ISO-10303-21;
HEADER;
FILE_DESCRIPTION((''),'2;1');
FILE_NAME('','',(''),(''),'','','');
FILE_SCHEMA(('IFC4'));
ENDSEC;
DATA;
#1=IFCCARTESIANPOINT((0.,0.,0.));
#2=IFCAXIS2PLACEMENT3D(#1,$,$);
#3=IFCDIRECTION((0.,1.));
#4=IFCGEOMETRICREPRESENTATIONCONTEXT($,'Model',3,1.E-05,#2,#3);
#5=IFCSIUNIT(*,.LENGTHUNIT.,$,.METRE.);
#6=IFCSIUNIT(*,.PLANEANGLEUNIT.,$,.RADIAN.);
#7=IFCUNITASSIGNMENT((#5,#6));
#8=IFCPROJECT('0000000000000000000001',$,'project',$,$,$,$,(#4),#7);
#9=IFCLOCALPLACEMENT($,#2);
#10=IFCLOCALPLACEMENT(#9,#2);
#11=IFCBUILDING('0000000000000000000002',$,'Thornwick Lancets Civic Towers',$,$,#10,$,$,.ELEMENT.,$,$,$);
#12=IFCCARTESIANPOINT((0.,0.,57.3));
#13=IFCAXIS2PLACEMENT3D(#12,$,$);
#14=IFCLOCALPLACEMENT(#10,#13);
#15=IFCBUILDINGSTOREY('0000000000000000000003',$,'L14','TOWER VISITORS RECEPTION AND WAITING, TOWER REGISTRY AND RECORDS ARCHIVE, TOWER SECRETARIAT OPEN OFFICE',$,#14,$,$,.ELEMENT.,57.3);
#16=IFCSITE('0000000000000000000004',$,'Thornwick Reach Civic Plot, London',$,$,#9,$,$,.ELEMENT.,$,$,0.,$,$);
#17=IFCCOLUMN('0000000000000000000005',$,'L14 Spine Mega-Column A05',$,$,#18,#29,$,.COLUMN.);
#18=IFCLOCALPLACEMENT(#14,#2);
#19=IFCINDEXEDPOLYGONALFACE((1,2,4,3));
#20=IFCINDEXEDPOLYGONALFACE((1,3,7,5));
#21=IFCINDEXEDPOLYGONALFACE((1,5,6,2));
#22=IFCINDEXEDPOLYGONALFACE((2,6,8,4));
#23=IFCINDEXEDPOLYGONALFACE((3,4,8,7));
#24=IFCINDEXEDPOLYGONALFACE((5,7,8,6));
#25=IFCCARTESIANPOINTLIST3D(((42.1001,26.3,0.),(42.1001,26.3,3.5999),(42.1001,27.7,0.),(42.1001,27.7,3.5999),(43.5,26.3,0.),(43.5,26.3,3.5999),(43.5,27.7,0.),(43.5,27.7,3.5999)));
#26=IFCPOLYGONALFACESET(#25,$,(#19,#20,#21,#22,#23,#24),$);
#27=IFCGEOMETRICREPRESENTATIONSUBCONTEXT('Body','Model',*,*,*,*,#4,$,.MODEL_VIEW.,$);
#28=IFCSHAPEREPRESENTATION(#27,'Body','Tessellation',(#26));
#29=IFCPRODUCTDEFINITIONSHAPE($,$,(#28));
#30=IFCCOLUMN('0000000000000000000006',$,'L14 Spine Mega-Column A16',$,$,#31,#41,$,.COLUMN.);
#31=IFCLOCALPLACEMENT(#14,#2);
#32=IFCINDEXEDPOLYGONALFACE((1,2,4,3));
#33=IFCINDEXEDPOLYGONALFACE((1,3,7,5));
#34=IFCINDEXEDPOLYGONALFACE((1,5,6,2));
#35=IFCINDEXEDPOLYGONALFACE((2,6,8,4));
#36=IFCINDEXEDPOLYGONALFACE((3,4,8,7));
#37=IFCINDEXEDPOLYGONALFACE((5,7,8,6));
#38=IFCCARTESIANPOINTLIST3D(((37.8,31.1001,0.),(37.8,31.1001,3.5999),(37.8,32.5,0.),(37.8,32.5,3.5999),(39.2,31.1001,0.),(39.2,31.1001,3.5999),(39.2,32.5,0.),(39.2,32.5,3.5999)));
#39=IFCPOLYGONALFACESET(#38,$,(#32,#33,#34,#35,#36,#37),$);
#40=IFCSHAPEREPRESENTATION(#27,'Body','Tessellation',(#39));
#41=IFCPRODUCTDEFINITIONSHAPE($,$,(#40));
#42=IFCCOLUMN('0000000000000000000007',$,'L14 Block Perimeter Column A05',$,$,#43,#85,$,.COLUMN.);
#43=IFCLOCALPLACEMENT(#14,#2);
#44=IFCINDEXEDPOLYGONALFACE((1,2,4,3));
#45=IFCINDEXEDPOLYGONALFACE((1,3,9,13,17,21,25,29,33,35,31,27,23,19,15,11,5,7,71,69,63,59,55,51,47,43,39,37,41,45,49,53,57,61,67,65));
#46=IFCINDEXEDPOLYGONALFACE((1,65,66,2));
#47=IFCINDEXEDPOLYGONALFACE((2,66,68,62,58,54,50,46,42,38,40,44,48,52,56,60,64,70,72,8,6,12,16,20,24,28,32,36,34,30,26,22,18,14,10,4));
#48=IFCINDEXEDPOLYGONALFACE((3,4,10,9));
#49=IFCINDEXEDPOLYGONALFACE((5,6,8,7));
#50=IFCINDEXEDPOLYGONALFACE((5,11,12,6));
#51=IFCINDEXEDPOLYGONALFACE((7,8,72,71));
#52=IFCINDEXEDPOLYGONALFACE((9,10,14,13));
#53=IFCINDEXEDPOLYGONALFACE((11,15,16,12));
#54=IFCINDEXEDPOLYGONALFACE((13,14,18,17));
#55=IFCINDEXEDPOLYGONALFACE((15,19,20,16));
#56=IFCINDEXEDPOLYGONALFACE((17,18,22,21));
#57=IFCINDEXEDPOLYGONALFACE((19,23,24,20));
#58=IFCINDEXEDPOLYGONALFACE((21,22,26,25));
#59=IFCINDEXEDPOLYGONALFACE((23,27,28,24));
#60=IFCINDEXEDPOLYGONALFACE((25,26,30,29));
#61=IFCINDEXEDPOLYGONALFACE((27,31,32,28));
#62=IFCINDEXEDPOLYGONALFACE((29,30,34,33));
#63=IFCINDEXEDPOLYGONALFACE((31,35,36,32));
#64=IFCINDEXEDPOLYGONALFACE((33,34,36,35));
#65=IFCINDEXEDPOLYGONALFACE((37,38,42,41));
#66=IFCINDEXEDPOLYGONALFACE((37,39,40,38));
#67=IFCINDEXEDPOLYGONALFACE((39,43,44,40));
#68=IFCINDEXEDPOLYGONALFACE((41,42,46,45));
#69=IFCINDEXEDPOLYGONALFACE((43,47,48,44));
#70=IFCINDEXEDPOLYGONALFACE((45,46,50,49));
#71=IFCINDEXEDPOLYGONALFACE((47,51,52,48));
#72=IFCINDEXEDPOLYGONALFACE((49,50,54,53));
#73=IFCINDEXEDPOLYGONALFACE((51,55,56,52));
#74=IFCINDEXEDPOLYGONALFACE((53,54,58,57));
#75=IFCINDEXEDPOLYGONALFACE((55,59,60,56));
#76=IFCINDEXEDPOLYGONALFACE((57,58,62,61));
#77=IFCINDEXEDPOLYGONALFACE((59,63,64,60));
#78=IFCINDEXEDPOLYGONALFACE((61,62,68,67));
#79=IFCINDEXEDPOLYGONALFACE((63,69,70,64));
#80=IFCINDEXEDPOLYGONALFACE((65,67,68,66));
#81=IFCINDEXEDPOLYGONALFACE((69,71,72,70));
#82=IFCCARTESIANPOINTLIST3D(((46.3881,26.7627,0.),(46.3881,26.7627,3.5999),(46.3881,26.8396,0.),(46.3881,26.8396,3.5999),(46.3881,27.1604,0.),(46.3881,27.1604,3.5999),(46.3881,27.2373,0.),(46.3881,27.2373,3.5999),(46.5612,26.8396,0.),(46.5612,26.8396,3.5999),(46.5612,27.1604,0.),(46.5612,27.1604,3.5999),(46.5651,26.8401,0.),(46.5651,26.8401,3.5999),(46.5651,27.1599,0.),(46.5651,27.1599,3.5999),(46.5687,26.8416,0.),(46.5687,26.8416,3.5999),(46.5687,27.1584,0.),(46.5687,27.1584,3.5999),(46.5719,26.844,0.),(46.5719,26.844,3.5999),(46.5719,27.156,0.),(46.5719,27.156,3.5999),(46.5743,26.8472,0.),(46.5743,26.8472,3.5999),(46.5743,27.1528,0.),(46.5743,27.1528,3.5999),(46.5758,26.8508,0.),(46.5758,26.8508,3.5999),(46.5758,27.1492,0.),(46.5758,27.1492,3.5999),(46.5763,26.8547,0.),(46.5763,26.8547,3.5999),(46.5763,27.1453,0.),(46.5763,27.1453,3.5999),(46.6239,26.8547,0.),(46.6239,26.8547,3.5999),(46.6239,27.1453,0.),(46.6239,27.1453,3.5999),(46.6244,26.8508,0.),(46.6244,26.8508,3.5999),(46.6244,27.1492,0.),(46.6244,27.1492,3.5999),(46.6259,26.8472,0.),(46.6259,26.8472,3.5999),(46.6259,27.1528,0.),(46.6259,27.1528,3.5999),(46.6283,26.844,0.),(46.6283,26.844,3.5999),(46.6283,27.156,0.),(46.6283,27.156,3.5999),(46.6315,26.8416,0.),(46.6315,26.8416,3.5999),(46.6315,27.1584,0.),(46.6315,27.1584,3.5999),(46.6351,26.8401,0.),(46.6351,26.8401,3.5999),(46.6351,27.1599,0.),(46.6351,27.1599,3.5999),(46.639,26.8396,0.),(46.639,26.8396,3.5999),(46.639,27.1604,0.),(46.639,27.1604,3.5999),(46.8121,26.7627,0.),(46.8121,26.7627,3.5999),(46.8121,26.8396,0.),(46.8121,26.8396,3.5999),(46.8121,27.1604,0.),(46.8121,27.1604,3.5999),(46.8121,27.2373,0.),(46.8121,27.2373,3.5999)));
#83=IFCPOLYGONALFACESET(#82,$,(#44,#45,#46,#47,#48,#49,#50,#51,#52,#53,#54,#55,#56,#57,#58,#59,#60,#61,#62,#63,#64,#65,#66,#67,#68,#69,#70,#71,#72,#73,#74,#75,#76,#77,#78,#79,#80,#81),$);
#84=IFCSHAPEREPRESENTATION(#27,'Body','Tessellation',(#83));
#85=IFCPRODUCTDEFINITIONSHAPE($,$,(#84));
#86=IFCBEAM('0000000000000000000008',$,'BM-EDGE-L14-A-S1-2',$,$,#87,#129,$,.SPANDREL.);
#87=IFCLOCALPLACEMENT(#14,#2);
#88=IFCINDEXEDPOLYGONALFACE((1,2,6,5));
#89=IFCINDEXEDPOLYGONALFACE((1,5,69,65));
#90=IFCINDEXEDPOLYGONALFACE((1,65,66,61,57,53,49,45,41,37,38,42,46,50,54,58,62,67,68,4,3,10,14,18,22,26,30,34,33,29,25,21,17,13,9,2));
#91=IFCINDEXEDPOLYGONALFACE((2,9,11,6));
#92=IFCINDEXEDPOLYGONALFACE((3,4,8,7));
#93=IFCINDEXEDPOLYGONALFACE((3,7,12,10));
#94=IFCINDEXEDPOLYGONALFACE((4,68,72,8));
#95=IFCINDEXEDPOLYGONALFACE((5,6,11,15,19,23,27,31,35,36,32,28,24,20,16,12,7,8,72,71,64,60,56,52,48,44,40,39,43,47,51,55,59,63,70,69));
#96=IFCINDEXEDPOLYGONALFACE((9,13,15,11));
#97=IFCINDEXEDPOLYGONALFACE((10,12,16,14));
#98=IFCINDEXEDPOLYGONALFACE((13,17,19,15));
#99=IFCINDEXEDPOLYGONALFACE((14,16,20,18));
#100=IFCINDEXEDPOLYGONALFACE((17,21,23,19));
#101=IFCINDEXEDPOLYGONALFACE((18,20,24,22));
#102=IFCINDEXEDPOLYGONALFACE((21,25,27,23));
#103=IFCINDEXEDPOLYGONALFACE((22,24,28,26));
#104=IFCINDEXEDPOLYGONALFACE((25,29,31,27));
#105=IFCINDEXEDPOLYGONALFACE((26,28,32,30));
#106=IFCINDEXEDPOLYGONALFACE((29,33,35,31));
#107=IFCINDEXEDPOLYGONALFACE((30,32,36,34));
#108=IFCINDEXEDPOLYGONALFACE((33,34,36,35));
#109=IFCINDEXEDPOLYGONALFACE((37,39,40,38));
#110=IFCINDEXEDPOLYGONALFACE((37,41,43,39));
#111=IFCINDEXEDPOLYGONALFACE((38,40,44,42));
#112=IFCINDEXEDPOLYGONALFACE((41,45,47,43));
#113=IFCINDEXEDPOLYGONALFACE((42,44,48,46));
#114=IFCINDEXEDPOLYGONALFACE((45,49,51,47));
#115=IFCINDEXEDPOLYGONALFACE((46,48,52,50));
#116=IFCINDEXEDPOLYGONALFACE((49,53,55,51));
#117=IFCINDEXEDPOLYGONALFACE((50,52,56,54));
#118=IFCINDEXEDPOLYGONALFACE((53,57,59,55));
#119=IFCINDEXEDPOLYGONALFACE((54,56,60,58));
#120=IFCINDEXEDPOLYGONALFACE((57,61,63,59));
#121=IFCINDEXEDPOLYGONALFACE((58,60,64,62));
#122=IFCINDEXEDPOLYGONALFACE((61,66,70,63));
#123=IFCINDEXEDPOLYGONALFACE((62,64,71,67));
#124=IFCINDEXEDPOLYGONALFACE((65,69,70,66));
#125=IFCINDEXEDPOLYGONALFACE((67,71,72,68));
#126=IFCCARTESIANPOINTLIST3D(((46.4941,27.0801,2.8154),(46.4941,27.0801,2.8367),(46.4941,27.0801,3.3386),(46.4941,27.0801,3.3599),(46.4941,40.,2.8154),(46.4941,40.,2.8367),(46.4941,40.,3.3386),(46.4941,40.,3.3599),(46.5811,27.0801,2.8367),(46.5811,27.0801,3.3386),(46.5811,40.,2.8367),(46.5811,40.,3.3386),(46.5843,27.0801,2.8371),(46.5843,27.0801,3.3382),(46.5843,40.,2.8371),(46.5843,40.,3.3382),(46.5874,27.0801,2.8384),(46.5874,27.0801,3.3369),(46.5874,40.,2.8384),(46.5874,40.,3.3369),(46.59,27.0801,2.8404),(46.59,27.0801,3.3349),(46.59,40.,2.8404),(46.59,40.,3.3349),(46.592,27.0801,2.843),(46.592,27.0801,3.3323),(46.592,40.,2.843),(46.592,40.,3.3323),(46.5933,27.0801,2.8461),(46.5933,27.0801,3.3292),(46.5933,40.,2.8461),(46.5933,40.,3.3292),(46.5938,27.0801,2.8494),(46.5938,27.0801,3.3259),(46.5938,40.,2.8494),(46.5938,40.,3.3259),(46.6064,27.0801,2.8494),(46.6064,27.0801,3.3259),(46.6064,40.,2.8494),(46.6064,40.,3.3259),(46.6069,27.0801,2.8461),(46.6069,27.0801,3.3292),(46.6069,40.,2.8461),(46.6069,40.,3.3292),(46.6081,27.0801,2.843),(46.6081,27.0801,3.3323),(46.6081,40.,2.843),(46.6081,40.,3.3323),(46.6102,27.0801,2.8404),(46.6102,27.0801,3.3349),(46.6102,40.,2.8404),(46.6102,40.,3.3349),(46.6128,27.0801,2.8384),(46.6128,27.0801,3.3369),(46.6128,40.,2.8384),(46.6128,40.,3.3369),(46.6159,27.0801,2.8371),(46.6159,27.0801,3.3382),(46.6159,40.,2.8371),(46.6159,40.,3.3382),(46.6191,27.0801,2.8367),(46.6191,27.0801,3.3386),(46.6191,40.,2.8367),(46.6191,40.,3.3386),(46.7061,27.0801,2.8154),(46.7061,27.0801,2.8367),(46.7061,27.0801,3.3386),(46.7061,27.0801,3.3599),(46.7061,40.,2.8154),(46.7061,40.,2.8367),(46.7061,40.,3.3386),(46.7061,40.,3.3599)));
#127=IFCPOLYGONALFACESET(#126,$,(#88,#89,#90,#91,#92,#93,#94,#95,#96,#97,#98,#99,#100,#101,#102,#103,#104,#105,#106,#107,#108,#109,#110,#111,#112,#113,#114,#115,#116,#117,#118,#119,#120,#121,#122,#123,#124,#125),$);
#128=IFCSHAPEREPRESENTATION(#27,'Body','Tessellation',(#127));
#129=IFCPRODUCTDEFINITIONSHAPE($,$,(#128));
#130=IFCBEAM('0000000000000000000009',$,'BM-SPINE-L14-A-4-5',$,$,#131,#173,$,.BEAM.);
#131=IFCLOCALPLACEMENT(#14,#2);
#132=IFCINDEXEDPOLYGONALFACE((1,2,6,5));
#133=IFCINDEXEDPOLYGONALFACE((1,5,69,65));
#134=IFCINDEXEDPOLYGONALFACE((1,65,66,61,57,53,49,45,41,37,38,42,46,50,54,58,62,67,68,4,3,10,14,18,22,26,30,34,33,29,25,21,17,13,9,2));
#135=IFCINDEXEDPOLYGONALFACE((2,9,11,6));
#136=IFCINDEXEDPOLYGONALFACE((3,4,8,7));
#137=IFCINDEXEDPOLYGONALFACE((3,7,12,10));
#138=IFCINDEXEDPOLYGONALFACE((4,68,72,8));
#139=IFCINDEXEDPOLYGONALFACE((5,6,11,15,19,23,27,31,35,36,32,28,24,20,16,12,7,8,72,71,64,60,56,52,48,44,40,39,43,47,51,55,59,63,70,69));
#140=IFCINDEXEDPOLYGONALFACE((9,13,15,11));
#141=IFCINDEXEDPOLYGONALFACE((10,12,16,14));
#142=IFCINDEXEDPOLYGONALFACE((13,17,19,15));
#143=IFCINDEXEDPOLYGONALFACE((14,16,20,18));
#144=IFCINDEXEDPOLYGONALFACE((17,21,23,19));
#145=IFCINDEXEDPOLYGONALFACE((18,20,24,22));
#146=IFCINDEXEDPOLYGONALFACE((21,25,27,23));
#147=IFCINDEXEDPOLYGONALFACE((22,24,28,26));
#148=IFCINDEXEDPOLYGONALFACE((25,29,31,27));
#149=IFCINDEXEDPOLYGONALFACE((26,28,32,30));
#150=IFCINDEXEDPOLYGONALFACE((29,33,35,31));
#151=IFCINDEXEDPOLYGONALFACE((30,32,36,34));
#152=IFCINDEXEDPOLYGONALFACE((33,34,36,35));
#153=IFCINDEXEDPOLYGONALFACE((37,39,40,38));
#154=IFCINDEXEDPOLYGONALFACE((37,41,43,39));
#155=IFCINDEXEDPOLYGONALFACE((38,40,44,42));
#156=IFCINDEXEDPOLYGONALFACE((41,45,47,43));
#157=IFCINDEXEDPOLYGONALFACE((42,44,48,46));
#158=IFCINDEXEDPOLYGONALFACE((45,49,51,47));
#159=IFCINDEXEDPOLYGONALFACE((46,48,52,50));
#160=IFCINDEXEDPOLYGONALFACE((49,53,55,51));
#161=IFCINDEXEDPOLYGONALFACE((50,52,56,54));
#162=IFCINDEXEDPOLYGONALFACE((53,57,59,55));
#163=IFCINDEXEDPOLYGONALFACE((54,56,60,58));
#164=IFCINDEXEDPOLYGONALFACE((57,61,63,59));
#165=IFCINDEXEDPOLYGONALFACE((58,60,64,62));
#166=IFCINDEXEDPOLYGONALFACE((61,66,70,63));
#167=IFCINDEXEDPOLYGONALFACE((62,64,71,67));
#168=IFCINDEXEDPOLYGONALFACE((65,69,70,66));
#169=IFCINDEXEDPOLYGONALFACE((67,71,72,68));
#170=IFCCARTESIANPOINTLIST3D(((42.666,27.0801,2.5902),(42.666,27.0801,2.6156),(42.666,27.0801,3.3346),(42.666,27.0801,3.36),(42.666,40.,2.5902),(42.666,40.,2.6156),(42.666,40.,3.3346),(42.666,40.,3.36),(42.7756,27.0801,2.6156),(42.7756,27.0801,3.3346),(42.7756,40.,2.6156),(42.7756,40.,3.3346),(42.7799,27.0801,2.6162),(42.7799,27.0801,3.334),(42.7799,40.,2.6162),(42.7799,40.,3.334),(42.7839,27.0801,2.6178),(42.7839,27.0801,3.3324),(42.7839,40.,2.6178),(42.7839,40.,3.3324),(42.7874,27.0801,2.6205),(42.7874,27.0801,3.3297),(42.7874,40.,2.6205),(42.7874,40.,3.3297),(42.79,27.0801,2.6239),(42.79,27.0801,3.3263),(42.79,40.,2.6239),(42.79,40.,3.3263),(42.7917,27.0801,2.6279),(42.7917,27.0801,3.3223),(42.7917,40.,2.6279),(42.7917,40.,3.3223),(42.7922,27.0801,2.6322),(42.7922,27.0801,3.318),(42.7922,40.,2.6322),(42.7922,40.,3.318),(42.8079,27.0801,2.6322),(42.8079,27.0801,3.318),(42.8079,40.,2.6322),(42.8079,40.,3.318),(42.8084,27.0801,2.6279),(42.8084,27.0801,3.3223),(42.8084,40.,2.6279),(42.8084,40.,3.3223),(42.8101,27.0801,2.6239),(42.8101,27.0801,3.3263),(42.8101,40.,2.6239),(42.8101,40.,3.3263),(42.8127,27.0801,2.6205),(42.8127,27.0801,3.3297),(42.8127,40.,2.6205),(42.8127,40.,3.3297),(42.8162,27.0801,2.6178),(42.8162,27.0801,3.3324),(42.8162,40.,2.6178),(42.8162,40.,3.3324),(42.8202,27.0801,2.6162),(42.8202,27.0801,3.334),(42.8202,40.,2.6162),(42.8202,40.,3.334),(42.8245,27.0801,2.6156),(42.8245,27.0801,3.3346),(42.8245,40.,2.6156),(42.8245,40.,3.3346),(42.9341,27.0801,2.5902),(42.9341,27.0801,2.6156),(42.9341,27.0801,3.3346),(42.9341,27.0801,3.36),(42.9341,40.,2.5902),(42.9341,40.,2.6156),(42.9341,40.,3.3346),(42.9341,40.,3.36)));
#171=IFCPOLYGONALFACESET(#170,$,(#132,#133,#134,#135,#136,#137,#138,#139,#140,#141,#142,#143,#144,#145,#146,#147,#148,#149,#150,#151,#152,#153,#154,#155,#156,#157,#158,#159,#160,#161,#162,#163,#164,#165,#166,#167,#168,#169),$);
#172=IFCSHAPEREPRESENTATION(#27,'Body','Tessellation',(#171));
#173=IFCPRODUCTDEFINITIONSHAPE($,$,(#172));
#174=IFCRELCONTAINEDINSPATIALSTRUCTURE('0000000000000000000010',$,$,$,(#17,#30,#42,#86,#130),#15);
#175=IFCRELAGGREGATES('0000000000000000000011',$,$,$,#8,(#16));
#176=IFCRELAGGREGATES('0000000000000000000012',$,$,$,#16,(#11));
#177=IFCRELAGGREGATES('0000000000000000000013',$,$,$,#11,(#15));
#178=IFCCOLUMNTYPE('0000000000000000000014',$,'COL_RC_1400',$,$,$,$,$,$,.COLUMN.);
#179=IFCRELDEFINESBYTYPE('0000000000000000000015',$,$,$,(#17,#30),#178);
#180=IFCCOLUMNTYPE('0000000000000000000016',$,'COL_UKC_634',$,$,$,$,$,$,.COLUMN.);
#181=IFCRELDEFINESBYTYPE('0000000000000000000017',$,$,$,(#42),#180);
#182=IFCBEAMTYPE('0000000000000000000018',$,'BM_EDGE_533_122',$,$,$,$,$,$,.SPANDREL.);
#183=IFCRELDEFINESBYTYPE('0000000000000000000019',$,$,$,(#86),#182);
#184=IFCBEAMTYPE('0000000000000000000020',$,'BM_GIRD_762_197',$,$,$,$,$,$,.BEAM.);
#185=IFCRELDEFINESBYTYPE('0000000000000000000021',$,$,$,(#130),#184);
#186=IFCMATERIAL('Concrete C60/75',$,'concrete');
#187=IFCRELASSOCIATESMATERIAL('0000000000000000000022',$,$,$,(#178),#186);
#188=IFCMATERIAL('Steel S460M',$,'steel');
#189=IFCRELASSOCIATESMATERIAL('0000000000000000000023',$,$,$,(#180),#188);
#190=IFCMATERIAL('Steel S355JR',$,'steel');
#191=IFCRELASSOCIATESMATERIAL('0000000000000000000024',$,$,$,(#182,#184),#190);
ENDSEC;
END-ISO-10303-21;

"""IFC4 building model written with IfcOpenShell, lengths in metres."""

from ifc_helpers import new_model, si_unit, direction, frame, origin, origin_2d, place, context, subcontext, project, spatial, rectangle, i_section, extrude, material, material_profile, profile_set, type_object, element, save


model = new_model("IFC4")

# Units and contexts
model_context = context("Model", 3, precision=1e-05, world=origin(), true_north=direction((0.0, 1.0)))
body_context = subcontext(model_context, "Body", "Model", "MODEL_VIEW")
ifc_project = project(units=[si_unit("LENGTHUNIT", "METRE"), si_unit("PLANEANGLEUNIT", "RADIAN")], contexts=[model_context])

# Site, building, storey
site_placement = place(None, origin())
site = spatial("IfcSite", under=ifc_project, at=site_placement, Name="Thornwick Reach Civic Plot, London", CompositionType="ELEMENT", RefElevation=0.0)
building_placement = place(site_placement, origin())
building = spatial("IfcBuilding", under=site, at=building_placement, Name="Thornwick Lancets Civic Towers", CompositionType="ELEMENT")
storey_placement = place(building_placement, frame((0.0, 0.0, 57.3)))
storey = spatial("IfcBuildingStorey", under=building, at=storey_placement, Name="L14", Description="TOWER VISITORS RECEPTION AND WAITING, TOWER REGISTRY AND RECORDS ARCHIVE, TOWER SECRETARIAT OPEN OFFICE", CompositionType="ELEMENT", Elevation=57.3)

# Columns
ifc_material_1 = material(Name="Concrete C60/75", Category="concrete")
ifc_material_profile_1 = material_profile(ifc_material_1, rectangle(XDim=1.3999, YDim=1.3999, at=origin_2d()), Name="RC 1400x1400")
ifc_profile_set_1 = profile_set([ifc_material_profile_1], Name="Concrete C60/75")
column_type_1 = type_object("IfcColumnType", Name="COL_RC_1400", PredefinedType="COLUMN", material=ifc_profile_set_1)
for number, where, z_axis, x_axis, name in (
    (1, (42.8, 27.0, 0.0), (0.0, 0.0, 1.0), (1.0, 0.0, 0.0), "L14 Spine Mega-Column A05"),
    (2, (38.5, 31.8, 0.0), (0.0, 0.0, 1.0), (1.0, 0.0, 0.0), "L14 Spine Mega-Column A16"),
):
    element("IfcColumn", number, at=place(storey_placement, frame(where, z_axis=z_axis, x_axis=x_axis)), inside=storey, type_object=column_type_1, Name=name, PredefinedType="COLUMN", context=body_context, shape_type="SweptSolid", body=[
        extrude(rectangle(XDim=1.3999, YDim=1.3999, at=origin_2d()), origin(), (0.0, 0.0, 1.0), 3.5999),
    ])
ifc_material_2 = material(Name="Steel S460M", Category="steel")
ifc_material_profile_2 = material_profile(ifc_material_2, i_section(OverallWidth=0.4241, OverallDepth=0.4746, WebThickness=0.0476, FlangeThickness=0.0769, FilletRadius=0.0151, at=origin_2d()), Name="UKC 356x406x634")
ifc_profile_set_2 = profile_set([ifc_material_profile_2], Name="Steel S460M")
column_type_2 = type_object("IfcColumnType", Name="COL_UKC_634", PredefinedType="COLUMN", material=ifc_profile_set_2)
column_placement = place(storey_placement, frame((46.6001, 27.0, 0.0), z_axis=(0.0, 0.0, 1.0), x_axis=(1.0, 0.0, 0.0)))
element("IfcColumn", 3, at=column_placement, inside=storey, type_object=column_type_2, Name="L14 Block Perimeter Column A05", PredefinedType="COLUMN", context=body_context, shape_type="SweptSolid", body=[
    extrude(i_section(OverallWidth=0.4241, OverallDepth=0.4746, WebThickness=0.0476, FlangeThickness=0.0769, FilletRadius=0.0151, at=origin_2d()), origin(), (0.0, 0.0, 1.0), 3.5999),
])

# Beams
ifc_material_3 = material(Name="Steel S355JR", Category="steel")
ifc_material_profile_3 = material_profile(ifc_material_3, i_section(OverallWidth=0.2119, OverallDepth=0.5444, WebThickness=0.0127, FlangeThickness=0.0212, FilletRadius=0.0127, at=origin_2d()), Name="UKB 533x210x122")
ifc_profile_set_3 = profile_set([ifc_material_profile_3], Name="Steel S355JR")
beam_type_1 = type_object("IfcBeamType", Name="BM_EDGE_533_122", PredefinedType="SPANDREL", material=ifc_profile_set_3)
beam_1_placement = place(storey_placement, frame((46.6001, 27.0801, 3.0876), z_axis=(0.0, 1.0, 0.0), x_axis=(-1.0, 0.0, 0.0)))
element("IfcBeam", 4, at=beam_1_placement, inside=storey, type_object=beam_type_1, Name="BM-EDGE-L14-A-S1-2", PredefinedType="SPANDREL", context=body_context, shape_type="SweptSolid", body=[
    extrude(i_section(OverallWidth=0.2119, OverallDepth=0.5444, WebThickness=0.0127, FlangeThickness=0.0212, FilletRadius=0.0127, at=origin_2d()), origin(), (0.0, 0.0, 1.0), 12.9199),
])
ifc_material_profile_4 = material_profile(ifc_material_3, i_section(OverallWidth=0.2681, OverallDepth=0.7698, WebThickness=0.0156, FlangeThickness=0.0254, FilletRadius=0.0166, at=origin_2d()), Name="UKB 762x267x197")
ifc_profile_set_4 = profile_set([ifc_material_profile_4], Name="Steel S355JR")
beam_type_2 = type_object("IfcBeamType", Name="BM_GIRD_762_197", PredefinedType="BEAM", material=ifc_profile_set_4)
beam_2_placement = place(storey_placement, frame((42.8, 27.0801, 2.9751), z_axis=(0.0, 1.0, 0.0), x_axis=(-1.0, 0.0, 0.0)))
element("IfcBeam", 5, at=beam_2_placement, inside=storey, type_object=beam_type_2, Name="BM-SPINE-L14-A-4-5", PredefinedType="BEAM", context=body_context, shape_type="SweptSolid", body=[
    extrude(i_section(OverallWidth=0.2681, OverallDepth=0.7698, WebThickness=0.0156, FlangeThickness=0.0254, FilletRadius=0.0166, at=origin_2d()), origin(), (0.0, 0.0, 1.0), 12.9199),
])

save(model, "model.ifc")
